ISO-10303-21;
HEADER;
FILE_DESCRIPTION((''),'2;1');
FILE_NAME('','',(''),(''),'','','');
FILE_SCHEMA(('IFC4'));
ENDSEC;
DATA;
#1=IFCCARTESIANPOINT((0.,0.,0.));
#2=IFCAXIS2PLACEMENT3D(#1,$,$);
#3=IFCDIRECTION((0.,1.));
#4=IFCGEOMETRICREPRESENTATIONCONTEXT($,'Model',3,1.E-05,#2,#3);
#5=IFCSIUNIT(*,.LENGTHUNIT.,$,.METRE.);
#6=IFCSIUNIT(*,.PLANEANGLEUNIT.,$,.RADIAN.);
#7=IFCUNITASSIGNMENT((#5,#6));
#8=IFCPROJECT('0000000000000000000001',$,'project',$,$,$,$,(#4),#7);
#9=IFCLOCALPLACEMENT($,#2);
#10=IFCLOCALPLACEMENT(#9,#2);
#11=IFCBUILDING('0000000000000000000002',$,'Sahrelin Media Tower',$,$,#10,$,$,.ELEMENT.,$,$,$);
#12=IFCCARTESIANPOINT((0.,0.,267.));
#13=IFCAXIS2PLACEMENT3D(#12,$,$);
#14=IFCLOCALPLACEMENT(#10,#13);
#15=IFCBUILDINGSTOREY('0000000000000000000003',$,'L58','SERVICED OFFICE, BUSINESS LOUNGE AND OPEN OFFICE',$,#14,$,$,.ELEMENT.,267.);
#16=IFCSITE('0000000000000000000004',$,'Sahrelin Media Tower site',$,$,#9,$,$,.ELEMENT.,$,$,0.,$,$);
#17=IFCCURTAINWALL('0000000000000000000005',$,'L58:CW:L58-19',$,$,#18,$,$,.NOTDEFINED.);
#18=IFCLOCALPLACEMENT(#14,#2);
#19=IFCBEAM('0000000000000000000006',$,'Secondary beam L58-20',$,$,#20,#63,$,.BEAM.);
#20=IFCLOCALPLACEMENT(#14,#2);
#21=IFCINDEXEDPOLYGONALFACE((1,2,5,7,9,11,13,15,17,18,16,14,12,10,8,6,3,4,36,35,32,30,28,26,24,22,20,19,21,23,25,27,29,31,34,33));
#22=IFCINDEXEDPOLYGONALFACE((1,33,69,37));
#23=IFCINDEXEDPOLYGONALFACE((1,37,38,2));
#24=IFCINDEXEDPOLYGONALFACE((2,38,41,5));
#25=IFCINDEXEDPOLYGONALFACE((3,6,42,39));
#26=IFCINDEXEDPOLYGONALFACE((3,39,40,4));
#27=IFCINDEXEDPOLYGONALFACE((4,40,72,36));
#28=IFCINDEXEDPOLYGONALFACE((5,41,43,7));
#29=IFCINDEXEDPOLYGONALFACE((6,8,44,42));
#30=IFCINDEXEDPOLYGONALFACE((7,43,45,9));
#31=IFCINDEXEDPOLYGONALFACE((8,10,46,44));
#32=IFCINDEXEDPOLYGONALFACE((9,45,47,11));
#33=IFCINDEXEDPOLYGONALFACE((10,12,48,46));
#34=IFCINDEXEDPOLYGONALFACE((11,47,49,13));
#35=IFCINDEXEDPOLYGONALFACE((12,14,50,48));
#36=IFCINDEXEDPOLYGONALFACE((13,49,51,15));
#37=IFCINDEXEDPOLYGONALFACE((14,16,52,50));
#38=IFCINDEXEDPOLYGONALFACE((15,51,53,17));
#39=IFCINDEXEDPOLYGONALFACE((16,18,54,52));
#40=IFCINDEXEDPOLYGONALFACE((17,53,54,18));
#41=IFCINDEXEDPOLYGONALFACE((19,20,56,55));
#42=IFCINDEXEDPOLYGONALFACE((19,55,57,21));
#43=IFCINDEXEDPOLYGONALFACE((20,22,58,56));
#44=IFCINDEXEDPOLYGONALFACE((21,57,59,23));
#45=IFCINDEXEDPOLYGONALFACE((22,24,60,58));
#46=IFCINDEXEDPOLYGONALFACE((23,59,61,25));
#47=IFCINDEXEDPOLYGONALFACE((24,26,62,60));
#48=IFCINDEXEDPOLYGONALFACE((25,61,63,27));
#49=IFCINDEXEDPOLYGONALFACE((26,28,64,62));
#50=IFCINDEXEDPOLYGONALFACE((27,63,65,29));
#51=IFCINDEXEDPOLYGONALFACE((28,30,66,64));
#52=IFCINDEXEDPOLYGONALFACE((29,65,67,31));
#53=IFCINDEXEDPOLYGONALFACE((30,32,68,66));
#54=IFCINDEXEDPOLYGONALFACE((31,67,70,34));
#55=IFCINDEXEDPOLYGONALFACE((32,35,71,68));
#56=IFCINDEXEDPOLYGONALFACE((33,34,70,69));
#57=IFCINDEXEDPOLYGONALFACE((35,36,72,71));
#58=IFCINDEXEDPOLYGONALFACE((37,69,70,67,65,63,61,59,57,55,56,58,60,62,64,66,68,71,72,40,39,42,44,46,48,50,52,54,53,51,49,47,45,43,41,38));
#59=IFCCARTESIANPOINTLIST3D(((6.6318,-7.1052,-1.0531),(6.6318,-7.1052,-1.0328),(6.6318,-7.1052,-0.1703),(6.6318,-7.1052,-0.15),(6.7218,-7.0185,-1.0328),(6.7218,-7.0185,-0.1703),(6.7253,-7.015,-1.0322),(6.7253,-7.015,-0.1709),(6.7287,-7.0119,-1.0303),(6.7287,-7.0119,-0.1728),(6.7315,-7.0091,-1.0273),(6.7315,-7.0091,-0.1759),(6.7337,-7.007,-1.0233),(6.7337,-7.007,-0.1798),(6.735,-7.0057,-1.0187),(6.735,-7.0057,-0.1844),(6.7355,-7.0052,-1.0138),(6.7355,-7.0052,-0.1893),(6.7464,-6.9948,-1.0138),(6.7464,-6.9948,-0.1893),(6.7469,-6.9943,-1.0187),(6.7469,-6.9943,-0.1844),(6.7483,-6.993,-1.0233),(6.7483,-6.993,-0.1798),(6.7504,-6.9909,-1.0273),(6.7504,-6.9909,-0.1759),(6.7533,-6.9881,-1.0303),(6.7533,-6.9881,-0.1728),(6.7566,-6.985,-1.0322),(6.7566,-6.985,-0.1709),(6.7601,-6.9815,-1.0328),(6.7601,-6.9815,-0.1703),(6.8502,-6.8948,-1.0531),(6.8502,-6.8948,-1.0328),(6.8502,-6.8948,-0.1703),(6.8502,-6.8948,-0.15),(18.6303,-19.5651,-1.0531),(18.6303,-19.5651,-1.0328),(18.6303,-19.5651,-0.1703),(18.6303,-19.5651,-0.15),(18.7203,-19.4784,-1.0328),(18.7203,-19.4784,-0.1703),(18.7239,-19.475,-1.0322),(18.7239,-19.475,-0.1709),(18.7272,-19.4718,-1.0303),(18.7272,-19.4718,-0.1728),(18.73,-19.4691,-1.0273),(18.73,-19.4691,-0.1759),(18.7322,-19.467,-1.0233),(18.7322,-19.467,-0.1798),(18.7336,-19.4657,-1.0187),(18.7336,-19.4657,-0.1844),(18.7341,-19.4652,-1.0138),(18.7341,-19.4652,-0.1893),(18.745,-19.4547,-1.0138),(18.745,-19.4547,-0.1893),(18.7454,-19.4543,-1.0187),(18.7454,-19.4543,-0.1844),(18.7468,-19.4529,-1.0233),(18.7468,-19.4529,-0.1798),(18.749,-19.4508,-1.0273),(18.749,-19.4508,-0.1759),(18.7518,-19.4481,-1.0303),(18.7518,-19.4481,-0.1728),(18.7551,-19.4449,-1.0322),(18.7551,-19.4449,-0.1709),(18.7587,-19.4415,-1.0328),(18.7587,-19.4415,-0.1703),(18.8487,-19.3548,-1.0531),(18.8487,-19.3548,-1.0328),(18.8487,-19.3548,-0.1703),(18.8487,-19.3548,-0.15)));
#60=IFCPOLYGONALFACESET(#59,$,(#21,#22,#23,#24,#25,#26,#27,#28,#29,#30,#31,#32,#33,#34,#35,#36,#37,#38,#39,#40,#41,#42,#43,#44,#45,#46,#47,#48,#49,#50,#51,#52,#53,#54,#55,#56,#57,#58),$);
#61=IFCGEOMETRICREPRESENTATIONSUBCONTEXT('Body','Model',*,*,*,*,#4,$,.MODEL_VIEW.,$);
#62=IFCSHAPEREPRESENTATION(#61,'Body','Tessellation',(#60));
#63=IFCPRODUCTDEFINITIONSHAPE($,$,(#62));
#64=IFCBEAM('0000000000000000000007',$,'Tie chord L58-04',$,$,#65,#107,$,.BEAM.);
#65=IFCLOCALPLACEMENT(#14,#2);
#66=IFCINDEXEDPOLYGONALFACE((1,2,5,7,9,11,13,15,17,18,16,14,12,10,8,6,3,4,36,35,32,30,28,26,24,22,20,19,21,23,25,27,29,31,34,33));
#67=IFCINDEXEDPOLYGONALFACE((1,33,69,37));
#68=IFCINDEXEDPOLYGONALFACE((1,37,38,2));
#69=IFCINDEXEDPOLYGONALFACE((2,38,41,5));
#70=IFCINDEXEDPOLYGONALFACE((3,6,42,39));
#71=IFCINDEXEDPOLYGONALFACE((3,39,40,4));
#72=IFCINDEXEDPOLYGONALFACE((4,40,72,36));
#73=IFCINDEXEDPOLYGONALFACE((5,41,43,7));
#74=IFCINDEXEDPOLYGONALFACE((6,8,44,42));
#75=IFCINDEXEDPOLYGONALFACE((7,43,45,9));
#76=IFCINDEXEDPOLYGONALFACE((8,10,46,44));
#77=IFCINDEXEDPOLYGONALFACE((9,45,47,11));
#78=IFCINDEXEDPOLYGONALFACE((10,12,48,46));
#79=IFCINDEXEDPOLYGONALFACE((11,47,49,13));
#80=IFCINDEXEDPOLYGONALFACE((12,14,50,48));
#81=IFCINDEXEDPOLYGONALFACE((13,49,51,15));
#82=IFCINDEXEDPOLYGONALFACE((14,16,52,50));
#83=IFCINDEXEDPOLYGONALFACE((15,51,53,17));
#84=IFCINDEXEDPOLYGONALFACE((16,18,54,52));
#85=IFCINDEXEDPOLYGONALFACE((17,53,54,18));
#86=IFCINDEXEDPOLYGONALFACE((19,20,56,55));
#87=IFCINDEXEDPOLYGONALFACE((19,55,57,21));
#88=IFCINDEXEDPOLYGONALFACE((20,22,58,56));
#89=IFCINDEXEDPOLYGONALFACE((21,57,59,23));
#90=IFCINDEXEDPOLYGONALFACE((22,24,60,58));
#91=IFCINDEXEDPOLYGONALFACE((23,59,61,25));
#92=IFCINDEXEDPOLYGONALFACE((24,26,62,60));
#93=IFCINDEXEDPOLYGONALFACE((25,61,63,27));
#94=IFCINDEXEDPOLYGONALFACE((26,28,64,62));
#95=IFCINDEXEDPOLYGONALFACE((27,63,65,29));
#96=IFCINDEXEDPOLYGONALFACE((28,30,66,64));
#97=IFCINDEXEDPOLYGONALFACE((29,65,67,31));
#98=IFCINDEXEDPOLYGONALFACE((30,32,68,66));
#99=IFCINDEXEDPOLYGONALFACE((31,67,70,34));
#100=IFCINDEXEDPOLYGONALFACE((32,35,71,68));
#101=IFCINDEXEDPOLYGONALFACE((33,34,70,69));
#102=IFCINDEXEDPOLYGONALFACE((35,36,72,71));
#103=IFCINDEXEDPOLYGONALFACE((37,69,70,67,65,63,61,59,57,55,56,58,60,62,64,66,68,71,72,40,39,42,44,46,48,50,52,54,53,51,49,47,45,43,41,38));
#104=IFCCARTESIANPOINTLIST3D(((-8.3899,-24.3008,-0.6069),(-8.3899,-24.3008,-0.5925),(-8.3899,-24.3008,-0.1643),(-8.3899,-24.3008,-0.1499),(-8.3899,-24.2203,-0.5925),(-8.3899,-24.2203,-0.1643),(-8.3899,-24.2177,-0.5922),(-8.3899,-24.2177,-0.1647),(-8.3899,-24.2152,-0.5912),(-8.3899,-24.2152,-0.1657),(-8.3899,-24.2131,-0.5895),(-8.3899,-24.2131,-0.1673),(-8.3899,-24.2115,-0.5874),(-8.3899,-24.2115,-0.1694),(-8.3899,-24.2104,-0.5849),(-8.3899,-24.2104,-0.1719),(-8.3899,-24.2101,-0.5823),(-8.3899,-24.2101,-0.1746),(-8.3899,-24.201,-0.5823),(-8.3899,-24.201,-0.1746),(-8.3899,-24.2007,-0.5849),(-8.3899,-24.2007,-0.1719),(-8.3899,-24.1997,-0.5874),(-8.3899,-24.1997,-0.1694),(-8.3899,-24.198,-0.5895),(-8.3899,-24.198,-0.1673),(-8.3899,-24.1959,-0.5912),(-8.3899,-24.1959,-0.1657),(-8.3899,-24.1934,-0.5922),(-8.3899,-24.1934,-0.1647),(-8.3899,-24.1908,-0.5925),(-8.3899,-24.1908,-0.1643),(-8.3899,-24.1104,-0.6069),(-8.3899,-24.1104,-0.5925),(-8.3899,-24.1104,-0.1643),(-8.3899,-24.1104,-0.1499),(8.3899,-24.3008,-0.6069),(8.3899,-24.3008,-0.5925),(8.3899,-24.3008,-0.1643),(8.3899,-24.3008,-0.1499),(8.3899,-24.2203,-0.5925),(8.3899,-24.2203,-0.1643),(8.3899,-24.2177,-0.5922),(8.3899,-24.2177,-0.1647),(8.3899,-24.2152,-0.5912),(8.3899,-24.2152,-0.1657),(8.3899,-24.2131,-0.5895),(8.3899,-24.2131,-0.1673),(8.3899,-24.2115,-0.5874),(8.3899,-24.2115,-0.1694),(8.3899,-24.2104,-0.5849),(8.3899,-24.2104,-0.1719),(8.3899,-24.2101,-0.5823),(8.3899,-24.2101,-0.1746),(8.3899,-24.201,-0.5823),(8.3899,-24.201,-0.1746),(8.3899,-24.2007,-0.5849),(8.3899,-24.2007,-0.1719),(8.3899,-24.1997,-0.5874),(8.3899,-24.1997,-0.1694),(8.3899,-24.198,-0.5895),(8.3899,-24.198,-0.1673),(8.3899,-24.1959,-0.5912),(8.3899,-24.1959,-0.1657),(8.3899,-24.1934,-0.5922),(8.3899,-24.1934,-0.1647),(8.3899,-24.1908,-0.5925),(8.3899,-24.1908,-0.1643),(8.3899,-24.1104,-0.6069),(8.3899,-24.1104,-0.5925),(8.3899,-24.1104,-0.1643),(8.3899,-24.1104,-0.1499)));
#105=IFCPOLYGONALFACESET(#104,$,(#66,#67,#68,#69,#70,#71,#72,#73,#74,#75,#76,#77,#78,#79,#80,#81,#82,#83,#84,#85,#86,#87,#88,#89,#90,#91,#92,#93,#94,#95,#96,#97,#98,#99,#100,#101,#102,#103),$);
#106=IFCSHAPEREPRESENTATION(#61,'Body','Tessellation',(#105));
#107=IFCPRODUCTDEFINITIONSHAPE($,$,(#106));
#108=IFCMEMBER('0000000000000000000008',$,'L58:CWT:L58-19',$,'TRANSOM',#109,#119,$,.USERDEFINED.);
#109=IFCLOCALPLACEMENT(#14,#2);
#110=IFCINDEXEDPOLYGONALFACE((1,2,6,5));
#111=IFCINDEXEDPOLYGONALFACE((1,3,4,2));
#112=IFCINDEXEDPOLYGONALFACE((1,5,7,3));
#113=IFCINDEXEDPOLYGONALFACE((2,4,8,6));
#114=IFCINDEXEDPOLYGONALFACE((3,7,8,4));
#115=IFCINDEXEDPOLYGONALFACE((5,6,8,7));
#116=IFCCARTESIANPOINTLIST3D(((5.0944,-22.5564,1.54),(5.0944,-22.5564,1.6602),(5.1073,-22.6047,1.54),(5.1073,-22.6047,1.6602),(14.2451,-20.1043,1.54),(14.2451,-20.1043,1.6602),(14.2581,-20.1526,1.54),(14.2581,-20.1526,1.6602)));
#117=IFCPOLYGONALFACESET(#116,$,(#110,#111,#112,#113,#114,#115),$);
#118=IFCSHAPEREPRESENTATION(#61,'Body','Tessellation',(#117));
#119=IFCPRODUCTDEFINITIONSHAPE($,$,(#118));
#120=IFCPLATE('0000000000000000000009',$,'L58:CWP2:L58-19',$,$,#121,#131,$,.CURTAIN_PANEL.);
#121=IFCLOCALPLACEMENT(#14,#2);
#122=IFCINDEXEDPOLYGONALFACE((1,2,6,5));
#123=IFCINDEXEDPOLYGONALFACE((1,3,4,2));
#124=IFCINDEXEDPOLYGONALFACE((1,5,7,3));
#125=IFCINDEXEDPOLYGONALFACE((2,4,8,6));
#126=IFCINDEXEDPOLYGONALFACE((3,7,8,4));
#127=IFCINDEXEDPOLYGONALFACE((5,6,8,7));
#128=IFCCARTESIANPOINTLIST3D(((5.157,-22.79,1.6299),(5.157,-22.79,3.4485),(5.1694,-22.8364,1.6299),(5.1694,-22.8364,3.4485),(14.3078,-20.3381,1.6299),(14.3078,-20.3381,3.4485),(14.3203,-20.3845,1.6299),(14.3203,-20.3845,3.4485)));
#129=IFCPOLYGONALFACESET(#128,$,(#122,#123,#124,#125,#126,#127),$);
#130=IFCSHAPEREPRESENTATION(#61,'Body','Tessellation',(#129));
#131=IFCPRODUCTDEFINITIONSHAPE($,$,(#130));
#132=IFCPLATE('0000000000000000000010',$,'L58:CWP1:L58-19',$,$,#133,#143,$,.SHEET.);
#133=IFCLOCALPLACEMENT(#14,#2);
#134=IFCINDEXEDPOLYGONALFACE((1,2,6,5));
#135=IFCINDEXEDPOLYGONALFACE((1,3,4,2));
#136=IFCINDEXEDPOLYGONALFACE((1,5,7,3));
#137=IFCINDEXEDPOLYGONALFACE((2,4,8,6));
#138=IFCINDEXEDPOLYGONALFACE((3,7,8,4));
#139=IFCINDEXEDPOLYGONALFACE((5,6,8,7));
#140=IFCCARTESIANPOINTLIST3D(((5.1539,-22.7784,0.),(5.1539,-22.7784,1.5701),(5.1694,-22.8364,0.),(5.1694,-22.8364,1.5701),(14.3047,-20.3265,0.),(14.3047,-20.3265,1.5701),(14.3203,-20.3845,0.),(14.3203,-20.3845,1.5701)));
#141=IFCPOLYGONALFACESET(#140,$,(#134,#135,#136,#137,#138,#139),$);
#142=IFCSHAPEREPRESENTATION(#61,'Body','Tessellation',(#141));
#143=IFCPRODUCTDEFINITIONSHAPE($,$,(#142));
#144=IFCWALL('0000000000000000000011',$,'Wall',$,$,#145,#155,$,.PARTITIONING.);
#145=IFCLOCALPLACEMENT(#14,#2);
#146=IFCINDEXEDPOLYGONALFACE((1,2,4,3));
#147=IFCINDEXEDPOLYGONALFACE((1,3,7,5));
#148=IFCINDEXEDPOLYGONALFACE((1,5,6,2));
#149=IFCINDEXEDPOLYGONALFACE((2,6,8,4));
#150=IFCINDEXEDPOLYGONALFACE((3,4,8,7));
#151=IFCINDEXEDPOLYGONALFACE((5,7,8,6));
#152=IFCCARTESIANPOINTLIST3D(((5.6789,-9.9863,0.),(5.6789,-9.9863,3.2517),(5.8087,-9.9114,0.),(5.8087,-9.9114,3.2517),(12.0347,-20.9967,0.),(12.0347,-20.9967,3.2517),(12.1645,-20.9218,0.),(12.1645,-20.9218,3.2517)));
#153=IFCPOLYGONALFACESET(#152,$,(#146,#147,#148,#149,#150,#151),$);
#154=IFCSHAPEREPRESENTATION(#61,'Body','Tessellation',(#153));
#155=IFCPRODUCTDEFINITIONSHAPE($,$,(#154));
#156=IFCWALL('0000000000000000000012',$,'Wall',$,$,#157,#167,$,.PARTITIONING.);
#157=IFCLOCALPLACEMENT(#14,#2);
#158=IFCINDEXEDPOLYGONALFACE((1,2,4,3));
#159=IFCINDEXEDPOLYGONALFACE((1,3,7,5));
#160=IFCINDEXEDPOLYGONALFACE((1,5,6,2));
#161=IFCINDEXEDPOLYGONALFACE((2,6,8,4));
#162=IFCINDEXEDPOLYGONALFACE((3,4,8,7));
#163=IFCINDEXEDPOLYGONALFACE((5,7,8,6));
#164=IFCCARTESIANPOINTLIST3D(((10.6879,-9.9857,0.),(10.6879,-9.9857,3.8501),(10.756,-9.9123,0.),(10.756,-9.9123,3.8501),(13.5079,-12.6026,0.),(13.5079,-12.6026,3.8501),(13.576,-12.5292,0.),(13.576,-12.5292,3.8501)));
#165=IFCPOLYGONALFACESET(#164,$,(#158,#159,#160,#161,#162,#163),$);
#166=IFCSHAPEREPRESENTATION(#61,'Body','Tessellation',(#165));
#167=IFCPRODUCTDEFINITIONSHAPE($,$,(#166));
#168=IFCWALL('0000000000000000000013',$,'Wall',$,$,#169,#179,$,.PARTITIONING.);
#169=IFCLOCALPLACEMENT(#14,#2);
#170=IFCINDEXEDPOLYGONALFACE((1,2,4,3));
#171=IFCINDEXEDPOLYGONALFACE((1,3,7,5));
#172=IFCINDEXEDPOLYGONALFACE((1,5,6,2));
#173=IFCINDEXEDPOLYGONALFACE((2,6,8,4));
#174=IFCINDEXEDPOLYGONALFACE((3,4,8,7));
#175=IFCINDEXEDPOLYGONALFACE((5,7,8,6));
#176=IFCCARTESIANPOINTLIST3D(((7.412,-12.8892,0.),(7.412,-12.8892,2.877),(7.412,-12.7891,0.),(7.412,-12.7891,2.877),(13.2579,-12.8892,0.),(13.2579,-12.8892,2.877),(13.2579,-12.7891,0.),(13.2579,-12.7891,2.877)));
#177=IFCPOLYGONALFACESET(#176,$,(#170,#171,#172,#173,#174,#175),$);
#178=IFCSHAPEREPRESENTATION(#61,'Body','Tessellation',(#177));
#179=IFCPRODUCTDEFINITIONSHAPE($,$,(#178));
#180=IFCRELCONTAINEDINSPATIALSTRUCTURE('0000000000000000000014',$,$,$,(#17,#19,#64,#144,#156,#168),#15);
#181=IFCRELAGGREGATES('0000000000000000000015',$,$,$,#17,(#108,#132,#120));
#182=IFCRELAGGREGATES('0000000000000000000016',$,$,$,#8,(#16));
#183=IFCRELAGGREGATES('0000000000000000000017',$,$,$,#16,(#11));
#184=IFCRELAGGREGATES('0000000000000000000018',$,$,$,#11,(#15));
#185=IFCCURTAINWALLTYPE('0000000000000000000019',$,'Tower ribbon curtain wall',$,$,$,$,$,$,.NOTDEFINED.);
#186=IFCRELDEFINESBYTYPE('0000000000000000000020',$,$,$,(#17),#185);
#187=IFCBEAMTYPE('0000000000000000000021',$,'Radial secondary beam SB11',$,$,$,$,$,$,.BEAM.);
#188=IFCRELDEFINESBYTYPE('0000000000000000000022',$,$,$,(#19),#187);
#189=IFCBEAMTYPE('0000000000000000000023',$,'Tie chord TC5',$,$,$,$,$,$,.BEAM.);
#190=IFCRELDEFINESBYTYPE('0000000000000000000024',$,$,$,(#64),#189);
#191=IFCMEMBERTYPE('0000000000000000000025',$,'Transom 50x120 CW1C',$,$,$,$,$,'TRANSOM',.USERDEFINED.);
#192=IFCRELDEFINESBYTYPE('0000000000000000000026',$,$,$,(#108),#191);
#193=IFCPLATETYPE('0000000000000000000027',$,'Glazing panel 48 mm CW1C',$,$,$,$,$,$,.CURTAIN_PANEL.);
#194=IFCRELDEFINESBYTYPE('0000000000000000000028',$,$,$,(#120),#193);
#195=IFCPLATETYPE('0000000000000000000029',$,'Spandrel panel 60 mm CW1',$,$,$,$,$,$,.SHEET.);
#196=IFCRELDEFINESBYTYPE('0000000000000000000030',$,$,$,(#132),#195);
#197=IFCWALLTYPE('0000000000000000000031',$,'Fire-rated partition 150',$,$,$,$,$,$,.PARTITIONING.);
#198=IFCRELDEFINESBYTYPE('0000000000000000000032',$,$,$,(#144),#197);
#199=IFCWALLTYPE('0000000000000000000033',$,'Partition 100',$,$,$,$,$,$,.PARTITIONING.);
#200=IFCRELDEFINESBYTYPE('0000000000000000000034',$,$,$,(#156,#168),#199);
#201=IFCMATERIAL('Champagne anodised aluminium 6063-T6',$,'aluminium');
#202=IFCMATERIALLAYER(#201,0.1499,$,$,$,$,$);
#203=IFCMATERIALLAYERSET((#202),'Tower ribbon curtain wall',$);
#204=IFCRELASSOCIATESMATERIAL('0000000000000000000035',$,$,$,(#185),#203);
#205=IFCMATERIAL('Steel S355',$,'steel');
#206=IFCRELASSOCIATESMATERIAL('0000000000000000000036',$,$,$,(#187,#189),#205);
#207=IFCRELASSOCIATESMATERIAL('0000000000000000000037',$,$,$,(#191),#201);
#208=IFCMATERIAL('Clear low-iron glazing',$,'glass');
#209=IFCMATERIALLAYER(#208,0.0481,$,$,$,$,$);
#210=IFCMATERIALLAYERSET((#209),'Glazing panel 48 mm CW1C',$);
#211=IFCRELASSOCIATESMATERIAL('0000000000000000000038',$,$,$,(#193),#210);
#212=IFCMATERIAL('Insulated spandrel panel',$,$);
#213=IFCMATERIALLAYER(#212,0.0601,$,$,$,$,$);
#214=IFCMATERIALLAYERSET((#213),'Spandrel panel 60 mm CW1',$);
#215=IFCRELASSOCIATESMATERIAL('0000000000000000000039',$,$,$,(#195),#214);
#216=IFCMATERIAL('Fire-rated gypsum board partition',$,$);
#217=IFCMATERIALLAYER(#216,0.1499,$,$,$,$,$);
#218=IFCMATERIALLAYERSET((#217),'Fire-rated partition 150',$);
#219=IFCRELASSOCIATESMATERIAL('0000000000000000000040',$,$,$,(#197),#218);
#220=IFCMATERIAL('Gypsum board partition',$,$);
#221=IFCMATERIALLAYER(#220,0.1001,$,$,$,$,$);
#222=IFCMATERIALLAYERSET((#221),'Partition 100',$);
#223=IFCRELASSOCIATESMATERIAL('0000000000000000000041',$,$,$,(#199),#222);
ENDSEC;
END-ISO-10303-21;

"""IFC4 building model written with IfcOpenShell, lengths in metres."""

from ifc_helpers import new_model, si_unit, direction, frame, frame_2d, origin, origin_2d, place, context, subcontext, project, spatial, polyline, rectangle, i_section, outline, extrude, material, layer, layer_set, material_profile, profile_set, type_object, element, aggregate, save


model = new_model("IFC4")

# Units and contexts
model_context = context("Model", 3, precision=1e-05, world=origin(), true_north=direction((0.0, 1.0)))
body_context = subcontext(model_context, "Body", "Model", "MODEL_VIEW")
ifc_project = project(units=[si_unit("LENGTHUNIT", "METRE"), si_unit("PLANEANGLEUNIT", "RADIAN")], contexts=[model_context])

# Site, building, storey
site_placement = place(None, origin())
site = spatial("IfcSite", under=ifc_project, at=site_placement, Name="Sahrelin Media Tower site", CompositionType="ELEMENT", RefElevation=0.0)
building_placement = place(site_placement, origin())
building = spatial("IfcBuilding", under=site, at=building_placement, Name="Sahrelin Media Tower", CompositionType="ELEMENT")
storey_placement = place(building_placement, frame((0.0, 0.0, 267.0)))
storey = spatial("IfcBuildingStorey", under=building, at=storey_placement, Name="L58", Description="SERVICED OFFICE, BUSINESS LOUNGE AND OPEN OFFICE", CompositionType="ELEMENT", Elevation=267.0)

# Shared definitions
ifc_material_1 = material(Name="Steel S355", Category="steel")

# Curtain wall
ifc_material_2 = material(Name="Champagne anodised aluminium 6063-T6", Category="aluminium")
ifc_layer_1 = layer(ifc_material_2, 0.1499)
ifc_layer_set_1 = layer_set([ifc_layer_1], Name="Tower ribbon curtain wall")
curtain_wall_type = type_object("IfcCurtainWallType", Name="Tower ribbon curtain wall", PredefinedType="NOTDEFINED", material=ifc_layer_set_1)
curtain_wall_1_placement = place(storey_placement, frame((9.7397, -21.5911, 0.0), z_axis=(0.0, 0.0, 1.0), x_axis=(1.0, 0.0, 0.0)))
curtain_wall_1 = element("IfcCurtainWall", 1, at=curtain_wall_1_placement, inside=storey, type_object=curtain_wall_type, Name="L58:CW:L58-19", PredefinedType="NOTDEFINED")

# Beams
ifc_material_profile_1 = material_profile(ifc_material_1, i_section(OverallWidth=0.3032, OverallDepth=0.9031, WebThickness=0.0151, FlangeThickness=0.0203, FilletRadius=0.019, at=origin_2d()), Name="UB 914x305x201")
ifc_profile_set_1 = profile_set([ifc_material_profile_1], Name="Steel S355")
beam_type_1 = type_object("IfcBeamType", Name="Radial secondary beam SB11", PredefinedType="BEAM", material=ifc_profile_set_1)
beam_1_placement = place(storey_placement, frame((6.741, -7.0, -0.6016), z_axis=(0.693643, -0.720319, 0.0), x_axis=(0.720319, 0.693643, 0.0)))
element("IfcBeam", 2, at=beam_1_placement, inside=storey, type_object=beam_type_1, Name="Secondary beam L58-20", PredefinedType="BEAM", context=body_context, shape_type="SweptSolid", body=[
    extrude(i_section(OverallWidth=0.3032, OverallDepth=0.9031, WebThickness=0.0151, FlangeThickness=0.0203, FilletRadius=0.019, at=origin_2d()), origin(), (0.0, 0.0, 1.0), 17.2979),
])
ifc_material_profile_2 = material_profile(ifc_material_1, i_section(OverallWidth=0.1904, OverallDepth=0.457, WebThickness=0.009, FlangeThickness=0.0144, FilletRadius=0.0103, at=origin_2d()), Name="UB 457x191x74")
ifc_profile_set_2 = profile_set([ifc_material_profile_2], Name="Steel S355")
beam_type_2 = type_object("IfcBeamType", Name="Tie chord TC5", PredefinedType="BEAM", material=ifc_profile_set_2)
beam_2_placement = place(storey_placement, frame((8.3899, -24.2056, -0.3784), z_axis=(-1.0, 0.0, 0.0), x_axis=(0.0, -1.0, 0.0)))
element("IfcBeam", 3, at=beam_2_placement, inside=storey, type_object=beam_type_2, Name="Tie chord L58-04", PredefinedType="BEAM", context=body_context, shape_type="SweptSolid", body=[
    extrude(i_section(OverallWidth=0.1904, OverallDepth=0.457, WebThickness=0.009, FlangeThickness=0.0144, FilletRadius=0.0103, at=origin_2d()), origin(), (0.0, 0.0, 1.0), 16.7798),
])

# Member
ifc_material_profile_3 = material_profile(ifc_material_2, rectangle(XDim=0.05, YDim=0.1201, at=origin_2d()), Name="Transom 50x120")
ifc_profile_set_3 = profile_set([ifc_material_profile_3], Name="Champagne anodised aluminium 6063-T6")
member_type_1 = type_object("IfcMemberType", Name="Transom 50x120 CW1C", ElementType="TRANSOM", PredefinedType="USERDEFINED", material=ifc_profile_set_3)
member_1_placement = place(storey_placement, frame((5.1008, -22.5806, 1.6001), z_axis=(0.965921, 0.258837, 0.0), x_axis=(-0.258837, 0.965921, 0.0)))
member_1 = element("IfcMember", 4, at=member_1_placement, type_object=member_type_1, Name="L58:CWT:L58-19", ObjectType="TRANSOM", PredefinedType="USERDEFINED", context=body_context, shape_type="SweptSolid", body=[
    extrude(rectangle(XDim=0.05, YDim=0.1201, at=origin_2d()), origin(), (0.0, 0.0, 1.0), 9.4736),
])

# Plates
ifc_material_3 = material(Name="Clear low-iron glazing", Category="glass")
ifc_layer_2 = layer(ifc_material_3, 0.0481)
ifc_layer_set_2 = layer_set([ifc_layer_2], Name="Glazing panel 48 mm CW1C")
plate_type_1 = type_object("IfcPlateType", Name="Glazing panel 48 mm CW1C", PredefinedType="CURTAIN_PANEL", material=ifc_layer_set_2)
plate_1_placement = place(storey_placement, frame((5.1694, -22.8364, 1.6299), z_axis=(0.258813, -0.965928, 0.0), x_axis=(0.965928, 0.258813, 0.0)))
plate_1 = element("IfcPlate", 5, at=plate_1_placement, type_object=plate_type_1, Name="L58:CWP2:L58-19", PredefinedType="CURTAIN_PANEL", context=body_context, shape_type="SweptSolid", body=[
    extrude(outline(polyline([(0.0, 0.0), (9.4736, 0.0), (9.4736, 1.8186), (0.0, 1.8186), (0.0, 0.0)])), origin(), (0.0, 0.0, -1.0), 0.0481),
])
ifc_material_4 = material(Name="Insulated spandrel panel")
ifc_layer_3 = layer(ifc_material_4, 0.0601)
ifc_layer_set_3 = layer_set([ifc_layer_3], Name="Spandrel panel 60 mm CW1")
plate_type_2 = type_object("IfcPlateType", Name="Spandrel panel 60 mm CW1", PredefinedType="SHEET", material=ifc_layer_set_3)
plate_2_placement = place(storey_placement, frame((5.1694, -22.8364, 0.0), z_axis=(0.258813, -0.965928, 0.0), x_axis=(0.965928, 0.258813, 0.0)))
plate_2 = element("IfcPlate", 6, at=plate_2_placement, type_object=plate_type_2, Name="L58:CWP1:L58-19", PredefinedType="SHEET", context=body_context, shape_type="SweptSolid", body=[
    extrude(outline(polyline([(0.0, 0.0), (9.4736, 0.0), (9.4736, 1.5701), (0.0, 1.5701), (0.0, 0.0)])), origin(), (0.0, 0.0, -1.0), 0.0601),
])
aggregate(curtain_wall_1, [member_1, plate_2, plate_1])

# Walls
ifc_material_5 = material(Name="Fire-rated gypsum board partition")
ifc_layer_4 = layer(ifc_material_5, 0.1499)
ifc_layer_set_4 = layer_set([ifc_layer_4], Name="Fire-rated partition 150")
wall_type_1 = type_object("IfcWallType", Name="Fire-rated partition 150", PredefinedType="PARTITIONING", material=ifc_layer_set_4)
wall_1_placement = place(storey_placement, frame((5.7439, -9.949, 0.0), z_axis=(0.0, 0.0, 1.0), x_axis=(0.499937, -0.866062, 0.0)))
element("IfcWall", 7, at=wall_1_placement, inside=storey, type_object=wall_type_1, Name="Wall", PredefinedType="PARTITIONING", context=body_context, shape_type="SweptSolid", body=[
    extrude(rectangle(XDim=12.7131, YDim=0.1499, at=frame_2d((6.3564, 0.0))), origin(), (0.0, 0.0, 1.0), 3.2517),
])
ifc_material_6 = material(Name="Gypsum board partition")
ifc_layer_5 = layer(ifc_material_6, 0.1001)
ifc_layer_set_5 = layer_set([ifc_layer_5], Name="Partition 100")
wall_type_2 = type_object("IfcWallType", Name="Partition 100", PredefinedType="PARTITIONING", material=ifc_layer_set_5)
wall_2_placement = place(storey_placement, frame((10.7219, -9.949, 0.0), z_axis=(0.0, 0.0, 1.0), x_axis=(0.733013, -0.680215, 0.0)))
element("IfcWall", 8, at=wall_2_placement, inside=storey, type_object=wall_type_2, Name="Wall", PredefinedType="PARTITIONING", context=body_context, shape_type="SweptSolid", body=[
    extrude(rectangle(XDim=3.8472, YDim=0.1001, at=frame_2d((1.9236, 0.0))), origin(), (0.0, 0.0, 1.0), 3.8501),
])
wall_3_placement = place(storey_placement, frame((7.4121, -12.8391, 0.0), z_axis=(0.0, 0.0, 1.0), x_axis=(1.0, 0.0, 0.0)))
element("IfcWall", 9, at=wall_3_placement, inside=storey, type_object=wall_type_2, Name="Wall", PredefinedType="PARTITIONING", context=body_context, shape_type="SweptSolid", body=[
    extrude(rectangle(XDim=5.8459, YDim=0.1001, at=frame_2d((2.9229, 0.0))), origin(), (0.0, 0.0, 1.0), 2.877),
])

save(model, "model.ifc")
